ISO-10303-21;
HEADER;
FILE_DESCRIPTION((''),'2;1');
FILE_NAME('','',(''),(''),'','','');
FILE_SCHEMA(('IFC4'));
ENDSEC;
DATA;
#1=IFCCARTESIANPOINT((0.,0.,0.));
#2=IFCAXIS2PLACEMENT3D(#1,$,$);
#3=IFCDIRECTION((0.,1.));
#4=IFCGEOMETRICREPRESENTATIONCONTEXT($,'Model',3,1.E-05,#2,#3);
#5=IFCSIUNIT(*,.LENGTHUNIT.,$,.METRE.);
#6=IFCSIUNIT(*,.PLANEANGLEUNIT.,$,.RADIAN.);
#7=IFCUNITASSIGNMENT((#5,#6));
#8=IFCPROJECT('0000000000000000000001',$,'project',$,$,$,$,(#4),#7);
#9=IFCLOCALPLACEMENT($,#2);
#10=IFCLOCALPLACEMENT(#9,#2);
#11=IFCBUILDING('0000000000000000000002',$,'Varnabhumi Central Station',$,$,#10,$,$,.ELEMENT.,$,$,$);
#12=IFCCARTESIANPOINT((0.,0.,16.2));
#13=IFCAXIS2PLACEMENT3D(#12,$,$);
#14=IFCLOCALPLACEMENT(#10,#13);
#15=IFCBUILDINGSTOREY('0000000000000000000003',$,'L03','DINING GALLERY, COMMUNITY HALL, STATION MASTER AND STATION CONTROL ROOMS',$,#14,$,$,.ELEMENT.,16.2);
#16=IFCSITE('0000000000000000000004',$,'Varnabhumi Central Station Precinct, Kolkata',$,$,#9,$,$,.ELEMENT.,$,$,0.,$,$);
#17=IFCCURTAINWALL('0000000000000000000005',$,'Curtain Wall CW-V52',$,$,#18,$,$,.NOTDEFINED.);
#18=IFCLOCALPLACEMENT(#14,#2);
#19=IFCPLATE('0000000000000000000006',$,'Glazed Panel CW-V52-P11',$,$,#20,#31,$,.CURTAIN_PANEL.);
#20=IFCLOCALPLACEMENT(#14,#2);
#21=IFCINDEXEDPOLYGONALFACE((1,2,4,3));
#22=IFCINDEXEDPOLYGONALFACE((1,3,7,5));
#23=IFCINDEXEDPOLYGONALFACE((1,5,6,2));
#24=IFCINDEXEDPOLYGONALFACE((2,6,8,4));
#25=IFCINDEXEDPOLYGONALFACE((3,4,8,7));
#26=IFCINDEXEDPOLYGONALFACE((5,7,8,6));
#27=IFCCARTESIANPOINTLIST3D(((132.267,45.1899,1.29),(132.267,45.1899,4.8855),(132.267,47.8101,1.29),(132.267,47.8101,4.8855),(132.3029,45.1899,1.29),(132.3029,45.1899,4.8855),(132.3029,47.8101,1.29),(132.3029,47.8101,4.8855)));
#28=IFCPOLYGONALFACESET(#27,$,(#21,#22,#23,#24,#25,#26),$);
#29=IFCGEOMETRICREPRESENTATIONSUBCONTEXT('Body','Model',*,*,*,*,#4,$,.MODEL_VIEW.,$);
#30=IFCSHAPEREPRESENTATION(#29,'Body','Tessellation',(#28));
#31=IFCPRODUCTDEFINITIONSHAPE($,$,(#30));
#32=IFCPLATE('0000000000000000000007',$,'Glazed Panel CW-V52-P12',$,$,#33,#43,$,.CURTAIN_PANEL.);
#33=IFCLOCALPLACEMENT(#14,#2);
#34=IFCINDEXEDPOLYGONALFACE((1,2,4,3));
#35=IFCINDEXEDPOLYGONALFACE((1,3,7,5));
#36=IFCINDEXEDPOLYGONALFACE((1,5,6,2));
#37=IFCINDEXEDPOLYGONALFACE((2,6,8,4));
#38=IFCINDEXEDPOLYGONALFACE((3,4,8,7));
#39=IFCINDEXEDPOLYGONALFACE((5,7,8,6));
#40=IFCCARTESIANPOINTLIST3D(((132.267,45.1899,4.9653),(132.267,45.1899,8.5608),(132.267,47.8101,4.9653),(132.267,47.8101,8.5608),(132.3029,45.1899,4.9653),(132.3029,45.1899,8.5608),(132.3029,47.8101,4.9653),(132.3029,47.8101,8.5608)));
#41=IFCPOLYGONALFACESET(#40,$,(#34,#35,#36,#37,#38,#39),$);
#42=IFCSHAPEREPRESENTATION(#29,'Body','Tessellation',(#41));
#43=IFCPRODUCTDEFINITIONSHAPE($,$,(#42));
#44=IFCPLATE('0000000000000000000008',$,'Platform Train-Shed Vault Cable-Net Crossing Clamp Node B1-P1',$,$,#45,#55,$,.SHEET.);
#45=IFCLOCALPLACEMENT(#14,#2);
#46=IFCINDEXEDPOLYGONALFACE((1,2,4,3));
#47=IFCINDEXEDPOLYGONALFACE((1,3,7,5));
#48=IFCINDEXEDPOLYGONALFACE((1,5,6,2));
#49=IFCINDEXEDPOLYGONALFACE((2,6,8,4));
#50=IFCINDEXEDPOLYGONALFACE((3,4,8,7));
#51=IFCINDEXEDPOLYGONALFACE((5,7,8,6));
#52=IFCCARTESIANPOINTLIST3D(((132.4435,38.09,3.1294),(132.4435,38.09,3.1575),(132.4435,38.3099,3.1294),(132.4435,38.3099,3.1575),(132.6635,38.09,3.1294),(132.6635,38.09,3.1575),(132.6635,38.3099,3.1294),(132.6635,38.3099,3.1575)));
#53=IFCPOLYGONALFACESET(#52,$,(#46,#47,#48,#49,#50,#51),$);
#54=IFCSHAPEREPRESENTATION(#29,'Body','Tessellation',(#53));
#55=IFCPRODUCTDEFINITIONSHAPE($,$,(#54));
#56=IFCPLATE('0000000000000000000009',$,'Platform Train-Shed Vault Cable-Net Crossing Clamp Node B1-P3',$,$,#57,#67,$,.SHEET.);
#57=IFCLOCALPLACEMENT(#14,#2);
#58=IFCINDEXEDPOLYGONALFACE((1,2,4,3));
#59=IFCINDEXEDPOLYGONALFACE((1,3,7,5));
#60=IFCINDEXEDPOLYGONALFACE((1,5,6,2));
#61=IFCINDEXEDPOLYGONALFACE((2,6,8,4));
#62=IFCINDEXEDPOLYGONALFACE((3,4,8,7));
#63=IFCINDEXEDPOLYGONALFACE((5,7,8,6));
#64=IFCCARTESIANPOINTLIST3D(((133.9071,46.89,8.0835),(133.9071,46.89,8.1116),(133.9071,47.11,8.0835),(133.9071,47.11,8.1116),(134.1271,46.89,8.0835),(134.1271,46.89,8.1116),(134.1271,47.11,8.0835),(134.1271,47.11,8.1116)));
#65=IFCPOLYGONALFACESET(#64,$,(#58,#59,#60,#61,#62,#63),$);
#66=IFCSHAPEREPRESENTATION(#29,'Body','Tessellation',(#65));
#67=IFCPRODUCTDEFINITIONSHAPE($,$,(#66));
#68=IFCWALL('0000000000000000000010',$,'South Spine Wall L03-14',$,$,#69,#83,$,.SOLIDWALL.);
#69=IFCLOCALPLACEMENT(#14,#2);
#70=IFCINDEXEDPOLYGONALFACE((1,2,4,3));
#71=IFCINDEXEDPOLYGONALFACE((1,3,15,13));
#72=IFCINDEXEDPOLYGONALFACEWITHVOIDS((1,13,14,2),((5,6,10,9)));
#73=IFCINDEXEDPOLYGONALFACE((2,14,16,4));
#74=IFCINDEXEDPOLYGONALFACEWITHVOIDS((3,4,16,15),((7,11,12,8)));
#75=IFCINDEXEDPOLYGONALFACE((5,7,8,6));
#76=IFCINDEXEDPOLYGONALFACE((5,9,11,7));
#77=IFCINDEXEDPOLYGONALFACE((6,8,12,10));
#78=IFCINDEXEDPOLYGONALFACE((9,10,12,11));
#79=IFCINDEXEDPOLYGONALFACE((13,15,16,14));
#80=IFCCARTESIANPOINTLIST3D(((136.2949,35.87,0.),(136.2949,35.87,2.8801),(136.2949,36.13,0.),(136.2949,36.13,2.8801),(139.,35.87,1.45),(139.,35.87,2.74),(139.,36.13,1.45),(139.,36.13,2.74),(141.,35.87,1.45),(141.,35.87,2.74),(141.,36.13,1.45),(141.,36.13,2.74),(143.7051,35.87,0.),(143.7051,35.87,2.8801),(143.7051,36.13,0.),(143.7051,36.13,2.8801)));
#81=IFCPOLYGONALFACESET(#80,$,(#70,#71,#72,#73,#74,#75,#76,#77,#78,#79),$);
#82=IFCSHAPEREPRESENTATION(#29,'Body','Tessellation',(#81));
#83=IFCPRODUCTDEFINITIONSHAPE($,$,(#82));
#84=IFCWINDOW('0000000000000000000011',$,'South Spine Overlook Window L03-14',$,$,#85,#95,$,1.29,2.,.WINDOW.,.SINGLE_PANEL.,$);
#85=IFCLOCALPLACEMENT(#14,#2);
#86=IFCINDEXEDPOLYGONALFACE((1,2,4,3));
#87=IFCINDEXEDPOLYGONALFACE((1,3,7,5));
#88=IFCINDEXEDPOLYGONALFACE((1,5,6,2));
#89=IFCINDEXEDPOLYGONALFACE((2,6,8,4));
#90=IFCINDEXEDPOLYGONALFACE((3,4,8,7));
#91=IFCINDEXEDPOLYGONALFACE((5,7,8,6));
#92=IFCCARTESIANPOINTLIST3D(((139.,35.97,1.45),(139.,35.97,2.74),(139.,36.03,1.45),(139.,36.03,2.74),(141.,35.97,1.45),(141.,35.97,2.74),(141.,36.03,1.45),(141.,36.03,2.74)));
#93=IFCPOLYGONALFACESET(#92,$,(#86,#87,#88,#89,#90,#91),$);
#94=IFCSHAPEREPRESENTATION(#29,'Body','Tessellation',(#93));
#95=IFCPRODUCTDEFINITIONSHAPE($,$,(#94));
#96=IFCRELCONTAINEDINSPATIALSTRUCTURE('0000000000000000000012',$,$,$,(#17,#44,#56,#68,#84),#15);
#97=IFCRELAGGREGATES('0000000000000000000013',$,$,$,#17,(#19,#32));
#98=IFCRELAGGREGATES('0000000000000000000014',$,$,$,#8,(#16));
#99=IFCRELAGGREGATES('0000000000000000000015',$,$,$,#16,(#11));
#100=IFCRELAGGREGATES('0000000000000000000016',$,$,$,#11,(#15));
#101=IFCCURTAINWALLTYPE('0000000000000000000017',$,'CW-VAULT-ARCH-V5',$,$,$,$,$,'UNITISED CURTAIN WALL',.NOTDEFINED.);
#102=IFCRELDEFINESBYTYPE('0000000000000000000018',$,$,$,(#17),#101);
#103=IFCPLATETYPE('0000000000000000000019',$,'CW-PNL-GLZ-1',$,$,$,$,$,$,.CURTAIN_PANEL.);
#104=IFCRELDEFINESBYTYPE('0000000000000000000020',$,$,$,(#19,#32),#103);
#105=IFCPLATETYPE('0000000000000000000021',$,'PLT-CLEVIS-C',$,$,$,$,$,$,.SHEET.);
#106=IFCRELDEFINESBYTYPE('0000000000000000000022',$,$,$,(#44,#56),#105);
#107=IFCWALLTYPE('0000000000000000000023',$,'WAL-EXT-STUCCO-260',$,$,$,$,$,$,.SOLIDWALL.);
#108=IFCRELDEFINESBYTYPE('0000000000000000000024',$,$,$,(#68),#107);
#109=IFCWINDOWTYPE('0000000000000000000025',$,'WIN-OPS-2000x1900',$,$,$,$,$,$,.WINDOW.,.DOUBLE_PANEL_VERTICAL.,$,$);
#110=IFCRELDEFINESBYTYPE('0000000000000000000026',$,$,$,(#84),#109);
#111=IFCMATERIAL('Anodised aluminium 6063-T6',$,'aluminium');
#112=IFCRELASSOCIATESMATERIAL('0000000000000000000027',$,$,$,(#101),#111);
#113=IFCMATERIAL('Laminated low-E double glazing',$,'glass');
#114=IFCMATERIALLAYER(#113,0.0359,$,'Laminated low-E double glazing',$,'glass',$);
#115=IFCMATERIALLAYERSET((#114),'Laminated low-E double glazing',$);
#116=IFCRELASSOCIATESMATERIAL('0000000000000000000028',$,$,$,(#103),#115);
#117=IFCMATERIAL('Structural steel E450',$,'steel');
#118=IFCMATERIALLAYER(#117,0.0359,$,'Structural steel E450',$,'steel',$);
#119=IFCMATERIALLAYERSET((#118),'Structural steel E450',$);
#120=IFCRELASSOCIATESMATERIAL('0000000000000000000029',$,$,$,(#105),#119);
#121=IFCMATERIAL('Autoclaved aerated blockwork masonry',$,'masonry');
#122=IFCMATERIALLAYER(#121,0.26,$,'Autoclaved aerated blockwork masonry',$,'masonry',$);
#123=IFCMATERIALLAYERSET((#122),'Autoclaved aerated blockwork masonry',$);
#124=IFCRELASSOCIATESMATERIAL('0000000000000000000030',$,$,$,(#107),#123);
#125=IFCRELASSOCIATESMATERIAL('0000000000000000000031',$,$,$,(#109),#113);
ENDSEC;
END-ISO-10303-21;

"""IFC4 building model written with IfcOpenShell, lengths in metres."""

from ifc_helpers import new_model, si_unit, direction, frame, frame_2d, origin, origin_2d, place, context, subcontext, project, spatial, rectangle, extrude, material, layer, layer_set, type_object, element, fill, aggregate, save


model = new_model("IFC4")

# Units and contexts
model_context = context("Model", 3, precision=1e-05, world=origin(), true_north=direction((0.0, 1.0)))
body_context = subcontext(model_context, "Body", "Model", "MODEL_VIEW")
ifc_project = project(units=[si_unit("LENGTHUNIT", "METRE"), si_unit("PLANEANGLEUNIT", "RADIAN")], contexts=[model_context])

# Site, building, storey
site_placement = place(None, origin())
site = spatial("IfcSite", under=ifc_project, at=site_placement, Name="Varnabhumi Central Station Precinct, Kolkata", CompositionType="ELEMENT", RefElevation=0.0)
building_placement = place(site_placement, origin())
building = spatial("IfcBuilding", under=site, at=building_placement, Name="Varnabhumi Central Station", CompositionType="ELEMENT")
storey_placement = place(building_placement, frame((0.0, 0.0, 16.2)))
storey = spatial("IfcBuildingStorey", under=building, at=storey_placement, Name="L03", Description="DINING GALLERY, COMMUNITY HALL, STATION MASTER AND STATION CONTROL ROOMS", CompositionType="ELEMENT", Elevation=16.2)

# Shared definitions
ifc_material_1 = material(Name="Structural steel E450", Category="steel")

# Curtain wall
ifc_material_2 = material(Name="Anodised aluminium 6063-T6", Category="aluminium")
curtain_wall_type = type_object("IfcCurtainWallType", Name="CW-VAULT-ARCH-V5", ElementType="UNITISED CURTAIN WALL", PredefinedType="NOTDEFINED", material=ifc_material_2)
curtain_wall_1_placement = place(storey_placement, origin())
curtain_wall_1 = element("IfcCurtainWall", 1, at=curtain_wall_1_placement, inside=storey, type_object=curtain_wall_type, Name="Curtain Wall CW-V52", PredefinedType="NOTDEFINED")

# Plates
ifc_material_3 = material(Name="Laminated low-E double glazing", Category="glass")
ifc_layer_1 = layer(ifc_material_3, 0.0359, Name="Laminated low-E double glazing", Category="glass")
ifc_layer_set_1 = layer_set([ifc_layer_1], Name="Laminated low-E double glazing")
plate_type_1 = type_object("IfcPlateType", Name="CW-PNL-GLZ-1", PredefinedType="CURTAIN_PANEL", material=ifc_layer_set_1)
plate_1_placement = place(storey_placement, frame((132.2849, 46.5, 1.29), z_axis=(0.0, 0.0, 1.0), x_axis=(0.0, 1.0, 0.0)))
plate_1 = element("IfcPlate", 2, at=plate_1_placement, type_object=plate_type_1, Name="Glazed Panel CW-V52-P11", PredefinedType="CURTAIN_PANEL", context=body_context, shape_type="SweptSolid", body=[
    extrude(rectangle(XDim=2.6201, YDim=0.0359, at=origin_2d()), origin(), (0.0, 0.0, 1.0), 3.5955),
])
plate_2_placement = place(storey_placement, frame((132.2849, 46.5, 4.9653), z_axis=(0.0, 0.0, 1.0), x_axis=(0.0, 1.0, 0.0)))
plate_2 = element("IfcPlate", 3, at=plate_2_placement, type_object=plate_type_1, Name="Glazed Panel CW-V52-P12", PredefinedType="CURTAIN_PANEL", context=body_context, shape_type="SweptSolid", body=[
    extrude(rectangle(XDim=2.6201, YDim=0.0359, at=origin_2d()), origin(), (0.0, 0.0, 1.0), 3.5955),
])
aggregate(curtain_wall_1, [plate_1, plate_2])

# Plates
ifc_layer_2 = layer(ifc_material_1, 0.0359, Name="Structural steel E450", Category="steel")
ifc_layer_set_2 = layer_set([ifc_layer_2], Name="Structural steel E450")
plate_type_2 = type_object("IfcPlateType", Name="PLT-CLEVIS-C", PredefinedType="SHEET", material=ifc_layer_set_2)
for number, where, z_axis, x_axis, name in (
    (4, (132.5535, 38.2, 3.1294), (0.0, 0.0, 1.0), (1.0, 0.0, 0.0), "Platform Train-Shed Vault Cable-Net Crossing Clamp Node B1-P1"),
    (5, (134.0171, 47.0, 8.0835), (0.0, 0.0, 1.0), (1.0, 0.0, 0.0), "Platform Train-Shed Vault Cable-Net Crossing Clamp Node B1-P3"),
):
    element("IfcPlate", number, at=place(storey_placement, frame(where, z_axis=z_axis, x_axis=x_axis)), inside=storey, type_object=plate_type_2, Name=name, PredefinedType="SHEET", context=body_context, shape_type="SweptSolid", body=[
        extrude(rectangle(XDim=0.22, YDim=0.22, at=origin_2d()), origin(), (0.0, 0.0, 1.0), 0.0281),
    ])

# Wall, opening, window
ifc_material_4 = material(Name="Autoclaved aerated blockwork masonry", Category="masonry")
ifc_layer_3 = layer(ifc_material_4, 0.26, Name="Autoclaved aerated blockwork masonry", Category="masonry")
ifc_layer_set_3 = layer_set([ifc_layer_3], Name="Autoclaved aerated blockwork masonry")
wall_type = type_object("IfcWallType", Name="WAL-EXT-STUCCO-260", PredefinedType="SOLIDWALL", material=ifc_layer_set_3)
wall_placement = place(storey_placement, frame((136.2949, 36.0, 0.0), z_axis=(0.0, 0.0, 1.0), x_axis=(1.0, 0.0, 0.0)))
wall = element("IfcWall", 6, at=wall_placement, inside=storey, type_object=wall_type, Name="South Spine Wall L03-14", PredefinedType="SOLIDWALL", context=body_context, shape_type="SweptSolid", body=[
    extrude(rectangle(XDim=7.4102, YDim=0.26, at=frame_2d((3.7051, 0.0))), origin(), (0.0, 0.0, 1.0), 2.8801),
])
opening_placement = place(wall_placement, frame((2.7051, 0.0, 1.45)))
opening = element("IfcOpeningElement", 7, at=opening_placement, cuts=wall, PredefinedType="OPENING", context=body_context, shape_type="SweptSolid", body=[
    extrude(rectangle(XDim=2.0, YDim=1.29, at=frame_2d((1.0, 0.645))), frame((0.0, 0.1399, 0.0), z_axis=(0.0, -1.0, 0.0), x_axis=(1.0, 0.0, 0.0)), (0.0, 0.0, 1.0), 0.28),
])
window_type = type_object("IfcWindowType", Name="WIN-OPS-2000x1900", PartitioningType="DOUBLE_PANEL_VERTICAL", PredefinedType="WINDOW", material=ifc_material_3)
window_placement = place(opening_placement, origin())
window = element("IfcWindow", 8, at=window_placement, inside=storey, type_object=window_type, Name="South Spine Overlook Window L03-14", OverallHeight=1.29, OverallWidth=2.0, PartitioningType="SINGLE_PANEL", PredefinedType="WINDOW", context=body_context, shape_type="SweptSolid", body=[
    extrude(rectangle(XDim=2.0, YDim=1.29, at=frame_2d((1.0, 0.645))), frame((0.0, 0.03, 0.0), z_axis=(0.0, -1.0, 0.0), x_axis=(1.0, 0.0, 0.0)), (0.0, 0.0, 1.0), 0.0601),
])
fill(opening, window)

save(model, "model.ifc")
